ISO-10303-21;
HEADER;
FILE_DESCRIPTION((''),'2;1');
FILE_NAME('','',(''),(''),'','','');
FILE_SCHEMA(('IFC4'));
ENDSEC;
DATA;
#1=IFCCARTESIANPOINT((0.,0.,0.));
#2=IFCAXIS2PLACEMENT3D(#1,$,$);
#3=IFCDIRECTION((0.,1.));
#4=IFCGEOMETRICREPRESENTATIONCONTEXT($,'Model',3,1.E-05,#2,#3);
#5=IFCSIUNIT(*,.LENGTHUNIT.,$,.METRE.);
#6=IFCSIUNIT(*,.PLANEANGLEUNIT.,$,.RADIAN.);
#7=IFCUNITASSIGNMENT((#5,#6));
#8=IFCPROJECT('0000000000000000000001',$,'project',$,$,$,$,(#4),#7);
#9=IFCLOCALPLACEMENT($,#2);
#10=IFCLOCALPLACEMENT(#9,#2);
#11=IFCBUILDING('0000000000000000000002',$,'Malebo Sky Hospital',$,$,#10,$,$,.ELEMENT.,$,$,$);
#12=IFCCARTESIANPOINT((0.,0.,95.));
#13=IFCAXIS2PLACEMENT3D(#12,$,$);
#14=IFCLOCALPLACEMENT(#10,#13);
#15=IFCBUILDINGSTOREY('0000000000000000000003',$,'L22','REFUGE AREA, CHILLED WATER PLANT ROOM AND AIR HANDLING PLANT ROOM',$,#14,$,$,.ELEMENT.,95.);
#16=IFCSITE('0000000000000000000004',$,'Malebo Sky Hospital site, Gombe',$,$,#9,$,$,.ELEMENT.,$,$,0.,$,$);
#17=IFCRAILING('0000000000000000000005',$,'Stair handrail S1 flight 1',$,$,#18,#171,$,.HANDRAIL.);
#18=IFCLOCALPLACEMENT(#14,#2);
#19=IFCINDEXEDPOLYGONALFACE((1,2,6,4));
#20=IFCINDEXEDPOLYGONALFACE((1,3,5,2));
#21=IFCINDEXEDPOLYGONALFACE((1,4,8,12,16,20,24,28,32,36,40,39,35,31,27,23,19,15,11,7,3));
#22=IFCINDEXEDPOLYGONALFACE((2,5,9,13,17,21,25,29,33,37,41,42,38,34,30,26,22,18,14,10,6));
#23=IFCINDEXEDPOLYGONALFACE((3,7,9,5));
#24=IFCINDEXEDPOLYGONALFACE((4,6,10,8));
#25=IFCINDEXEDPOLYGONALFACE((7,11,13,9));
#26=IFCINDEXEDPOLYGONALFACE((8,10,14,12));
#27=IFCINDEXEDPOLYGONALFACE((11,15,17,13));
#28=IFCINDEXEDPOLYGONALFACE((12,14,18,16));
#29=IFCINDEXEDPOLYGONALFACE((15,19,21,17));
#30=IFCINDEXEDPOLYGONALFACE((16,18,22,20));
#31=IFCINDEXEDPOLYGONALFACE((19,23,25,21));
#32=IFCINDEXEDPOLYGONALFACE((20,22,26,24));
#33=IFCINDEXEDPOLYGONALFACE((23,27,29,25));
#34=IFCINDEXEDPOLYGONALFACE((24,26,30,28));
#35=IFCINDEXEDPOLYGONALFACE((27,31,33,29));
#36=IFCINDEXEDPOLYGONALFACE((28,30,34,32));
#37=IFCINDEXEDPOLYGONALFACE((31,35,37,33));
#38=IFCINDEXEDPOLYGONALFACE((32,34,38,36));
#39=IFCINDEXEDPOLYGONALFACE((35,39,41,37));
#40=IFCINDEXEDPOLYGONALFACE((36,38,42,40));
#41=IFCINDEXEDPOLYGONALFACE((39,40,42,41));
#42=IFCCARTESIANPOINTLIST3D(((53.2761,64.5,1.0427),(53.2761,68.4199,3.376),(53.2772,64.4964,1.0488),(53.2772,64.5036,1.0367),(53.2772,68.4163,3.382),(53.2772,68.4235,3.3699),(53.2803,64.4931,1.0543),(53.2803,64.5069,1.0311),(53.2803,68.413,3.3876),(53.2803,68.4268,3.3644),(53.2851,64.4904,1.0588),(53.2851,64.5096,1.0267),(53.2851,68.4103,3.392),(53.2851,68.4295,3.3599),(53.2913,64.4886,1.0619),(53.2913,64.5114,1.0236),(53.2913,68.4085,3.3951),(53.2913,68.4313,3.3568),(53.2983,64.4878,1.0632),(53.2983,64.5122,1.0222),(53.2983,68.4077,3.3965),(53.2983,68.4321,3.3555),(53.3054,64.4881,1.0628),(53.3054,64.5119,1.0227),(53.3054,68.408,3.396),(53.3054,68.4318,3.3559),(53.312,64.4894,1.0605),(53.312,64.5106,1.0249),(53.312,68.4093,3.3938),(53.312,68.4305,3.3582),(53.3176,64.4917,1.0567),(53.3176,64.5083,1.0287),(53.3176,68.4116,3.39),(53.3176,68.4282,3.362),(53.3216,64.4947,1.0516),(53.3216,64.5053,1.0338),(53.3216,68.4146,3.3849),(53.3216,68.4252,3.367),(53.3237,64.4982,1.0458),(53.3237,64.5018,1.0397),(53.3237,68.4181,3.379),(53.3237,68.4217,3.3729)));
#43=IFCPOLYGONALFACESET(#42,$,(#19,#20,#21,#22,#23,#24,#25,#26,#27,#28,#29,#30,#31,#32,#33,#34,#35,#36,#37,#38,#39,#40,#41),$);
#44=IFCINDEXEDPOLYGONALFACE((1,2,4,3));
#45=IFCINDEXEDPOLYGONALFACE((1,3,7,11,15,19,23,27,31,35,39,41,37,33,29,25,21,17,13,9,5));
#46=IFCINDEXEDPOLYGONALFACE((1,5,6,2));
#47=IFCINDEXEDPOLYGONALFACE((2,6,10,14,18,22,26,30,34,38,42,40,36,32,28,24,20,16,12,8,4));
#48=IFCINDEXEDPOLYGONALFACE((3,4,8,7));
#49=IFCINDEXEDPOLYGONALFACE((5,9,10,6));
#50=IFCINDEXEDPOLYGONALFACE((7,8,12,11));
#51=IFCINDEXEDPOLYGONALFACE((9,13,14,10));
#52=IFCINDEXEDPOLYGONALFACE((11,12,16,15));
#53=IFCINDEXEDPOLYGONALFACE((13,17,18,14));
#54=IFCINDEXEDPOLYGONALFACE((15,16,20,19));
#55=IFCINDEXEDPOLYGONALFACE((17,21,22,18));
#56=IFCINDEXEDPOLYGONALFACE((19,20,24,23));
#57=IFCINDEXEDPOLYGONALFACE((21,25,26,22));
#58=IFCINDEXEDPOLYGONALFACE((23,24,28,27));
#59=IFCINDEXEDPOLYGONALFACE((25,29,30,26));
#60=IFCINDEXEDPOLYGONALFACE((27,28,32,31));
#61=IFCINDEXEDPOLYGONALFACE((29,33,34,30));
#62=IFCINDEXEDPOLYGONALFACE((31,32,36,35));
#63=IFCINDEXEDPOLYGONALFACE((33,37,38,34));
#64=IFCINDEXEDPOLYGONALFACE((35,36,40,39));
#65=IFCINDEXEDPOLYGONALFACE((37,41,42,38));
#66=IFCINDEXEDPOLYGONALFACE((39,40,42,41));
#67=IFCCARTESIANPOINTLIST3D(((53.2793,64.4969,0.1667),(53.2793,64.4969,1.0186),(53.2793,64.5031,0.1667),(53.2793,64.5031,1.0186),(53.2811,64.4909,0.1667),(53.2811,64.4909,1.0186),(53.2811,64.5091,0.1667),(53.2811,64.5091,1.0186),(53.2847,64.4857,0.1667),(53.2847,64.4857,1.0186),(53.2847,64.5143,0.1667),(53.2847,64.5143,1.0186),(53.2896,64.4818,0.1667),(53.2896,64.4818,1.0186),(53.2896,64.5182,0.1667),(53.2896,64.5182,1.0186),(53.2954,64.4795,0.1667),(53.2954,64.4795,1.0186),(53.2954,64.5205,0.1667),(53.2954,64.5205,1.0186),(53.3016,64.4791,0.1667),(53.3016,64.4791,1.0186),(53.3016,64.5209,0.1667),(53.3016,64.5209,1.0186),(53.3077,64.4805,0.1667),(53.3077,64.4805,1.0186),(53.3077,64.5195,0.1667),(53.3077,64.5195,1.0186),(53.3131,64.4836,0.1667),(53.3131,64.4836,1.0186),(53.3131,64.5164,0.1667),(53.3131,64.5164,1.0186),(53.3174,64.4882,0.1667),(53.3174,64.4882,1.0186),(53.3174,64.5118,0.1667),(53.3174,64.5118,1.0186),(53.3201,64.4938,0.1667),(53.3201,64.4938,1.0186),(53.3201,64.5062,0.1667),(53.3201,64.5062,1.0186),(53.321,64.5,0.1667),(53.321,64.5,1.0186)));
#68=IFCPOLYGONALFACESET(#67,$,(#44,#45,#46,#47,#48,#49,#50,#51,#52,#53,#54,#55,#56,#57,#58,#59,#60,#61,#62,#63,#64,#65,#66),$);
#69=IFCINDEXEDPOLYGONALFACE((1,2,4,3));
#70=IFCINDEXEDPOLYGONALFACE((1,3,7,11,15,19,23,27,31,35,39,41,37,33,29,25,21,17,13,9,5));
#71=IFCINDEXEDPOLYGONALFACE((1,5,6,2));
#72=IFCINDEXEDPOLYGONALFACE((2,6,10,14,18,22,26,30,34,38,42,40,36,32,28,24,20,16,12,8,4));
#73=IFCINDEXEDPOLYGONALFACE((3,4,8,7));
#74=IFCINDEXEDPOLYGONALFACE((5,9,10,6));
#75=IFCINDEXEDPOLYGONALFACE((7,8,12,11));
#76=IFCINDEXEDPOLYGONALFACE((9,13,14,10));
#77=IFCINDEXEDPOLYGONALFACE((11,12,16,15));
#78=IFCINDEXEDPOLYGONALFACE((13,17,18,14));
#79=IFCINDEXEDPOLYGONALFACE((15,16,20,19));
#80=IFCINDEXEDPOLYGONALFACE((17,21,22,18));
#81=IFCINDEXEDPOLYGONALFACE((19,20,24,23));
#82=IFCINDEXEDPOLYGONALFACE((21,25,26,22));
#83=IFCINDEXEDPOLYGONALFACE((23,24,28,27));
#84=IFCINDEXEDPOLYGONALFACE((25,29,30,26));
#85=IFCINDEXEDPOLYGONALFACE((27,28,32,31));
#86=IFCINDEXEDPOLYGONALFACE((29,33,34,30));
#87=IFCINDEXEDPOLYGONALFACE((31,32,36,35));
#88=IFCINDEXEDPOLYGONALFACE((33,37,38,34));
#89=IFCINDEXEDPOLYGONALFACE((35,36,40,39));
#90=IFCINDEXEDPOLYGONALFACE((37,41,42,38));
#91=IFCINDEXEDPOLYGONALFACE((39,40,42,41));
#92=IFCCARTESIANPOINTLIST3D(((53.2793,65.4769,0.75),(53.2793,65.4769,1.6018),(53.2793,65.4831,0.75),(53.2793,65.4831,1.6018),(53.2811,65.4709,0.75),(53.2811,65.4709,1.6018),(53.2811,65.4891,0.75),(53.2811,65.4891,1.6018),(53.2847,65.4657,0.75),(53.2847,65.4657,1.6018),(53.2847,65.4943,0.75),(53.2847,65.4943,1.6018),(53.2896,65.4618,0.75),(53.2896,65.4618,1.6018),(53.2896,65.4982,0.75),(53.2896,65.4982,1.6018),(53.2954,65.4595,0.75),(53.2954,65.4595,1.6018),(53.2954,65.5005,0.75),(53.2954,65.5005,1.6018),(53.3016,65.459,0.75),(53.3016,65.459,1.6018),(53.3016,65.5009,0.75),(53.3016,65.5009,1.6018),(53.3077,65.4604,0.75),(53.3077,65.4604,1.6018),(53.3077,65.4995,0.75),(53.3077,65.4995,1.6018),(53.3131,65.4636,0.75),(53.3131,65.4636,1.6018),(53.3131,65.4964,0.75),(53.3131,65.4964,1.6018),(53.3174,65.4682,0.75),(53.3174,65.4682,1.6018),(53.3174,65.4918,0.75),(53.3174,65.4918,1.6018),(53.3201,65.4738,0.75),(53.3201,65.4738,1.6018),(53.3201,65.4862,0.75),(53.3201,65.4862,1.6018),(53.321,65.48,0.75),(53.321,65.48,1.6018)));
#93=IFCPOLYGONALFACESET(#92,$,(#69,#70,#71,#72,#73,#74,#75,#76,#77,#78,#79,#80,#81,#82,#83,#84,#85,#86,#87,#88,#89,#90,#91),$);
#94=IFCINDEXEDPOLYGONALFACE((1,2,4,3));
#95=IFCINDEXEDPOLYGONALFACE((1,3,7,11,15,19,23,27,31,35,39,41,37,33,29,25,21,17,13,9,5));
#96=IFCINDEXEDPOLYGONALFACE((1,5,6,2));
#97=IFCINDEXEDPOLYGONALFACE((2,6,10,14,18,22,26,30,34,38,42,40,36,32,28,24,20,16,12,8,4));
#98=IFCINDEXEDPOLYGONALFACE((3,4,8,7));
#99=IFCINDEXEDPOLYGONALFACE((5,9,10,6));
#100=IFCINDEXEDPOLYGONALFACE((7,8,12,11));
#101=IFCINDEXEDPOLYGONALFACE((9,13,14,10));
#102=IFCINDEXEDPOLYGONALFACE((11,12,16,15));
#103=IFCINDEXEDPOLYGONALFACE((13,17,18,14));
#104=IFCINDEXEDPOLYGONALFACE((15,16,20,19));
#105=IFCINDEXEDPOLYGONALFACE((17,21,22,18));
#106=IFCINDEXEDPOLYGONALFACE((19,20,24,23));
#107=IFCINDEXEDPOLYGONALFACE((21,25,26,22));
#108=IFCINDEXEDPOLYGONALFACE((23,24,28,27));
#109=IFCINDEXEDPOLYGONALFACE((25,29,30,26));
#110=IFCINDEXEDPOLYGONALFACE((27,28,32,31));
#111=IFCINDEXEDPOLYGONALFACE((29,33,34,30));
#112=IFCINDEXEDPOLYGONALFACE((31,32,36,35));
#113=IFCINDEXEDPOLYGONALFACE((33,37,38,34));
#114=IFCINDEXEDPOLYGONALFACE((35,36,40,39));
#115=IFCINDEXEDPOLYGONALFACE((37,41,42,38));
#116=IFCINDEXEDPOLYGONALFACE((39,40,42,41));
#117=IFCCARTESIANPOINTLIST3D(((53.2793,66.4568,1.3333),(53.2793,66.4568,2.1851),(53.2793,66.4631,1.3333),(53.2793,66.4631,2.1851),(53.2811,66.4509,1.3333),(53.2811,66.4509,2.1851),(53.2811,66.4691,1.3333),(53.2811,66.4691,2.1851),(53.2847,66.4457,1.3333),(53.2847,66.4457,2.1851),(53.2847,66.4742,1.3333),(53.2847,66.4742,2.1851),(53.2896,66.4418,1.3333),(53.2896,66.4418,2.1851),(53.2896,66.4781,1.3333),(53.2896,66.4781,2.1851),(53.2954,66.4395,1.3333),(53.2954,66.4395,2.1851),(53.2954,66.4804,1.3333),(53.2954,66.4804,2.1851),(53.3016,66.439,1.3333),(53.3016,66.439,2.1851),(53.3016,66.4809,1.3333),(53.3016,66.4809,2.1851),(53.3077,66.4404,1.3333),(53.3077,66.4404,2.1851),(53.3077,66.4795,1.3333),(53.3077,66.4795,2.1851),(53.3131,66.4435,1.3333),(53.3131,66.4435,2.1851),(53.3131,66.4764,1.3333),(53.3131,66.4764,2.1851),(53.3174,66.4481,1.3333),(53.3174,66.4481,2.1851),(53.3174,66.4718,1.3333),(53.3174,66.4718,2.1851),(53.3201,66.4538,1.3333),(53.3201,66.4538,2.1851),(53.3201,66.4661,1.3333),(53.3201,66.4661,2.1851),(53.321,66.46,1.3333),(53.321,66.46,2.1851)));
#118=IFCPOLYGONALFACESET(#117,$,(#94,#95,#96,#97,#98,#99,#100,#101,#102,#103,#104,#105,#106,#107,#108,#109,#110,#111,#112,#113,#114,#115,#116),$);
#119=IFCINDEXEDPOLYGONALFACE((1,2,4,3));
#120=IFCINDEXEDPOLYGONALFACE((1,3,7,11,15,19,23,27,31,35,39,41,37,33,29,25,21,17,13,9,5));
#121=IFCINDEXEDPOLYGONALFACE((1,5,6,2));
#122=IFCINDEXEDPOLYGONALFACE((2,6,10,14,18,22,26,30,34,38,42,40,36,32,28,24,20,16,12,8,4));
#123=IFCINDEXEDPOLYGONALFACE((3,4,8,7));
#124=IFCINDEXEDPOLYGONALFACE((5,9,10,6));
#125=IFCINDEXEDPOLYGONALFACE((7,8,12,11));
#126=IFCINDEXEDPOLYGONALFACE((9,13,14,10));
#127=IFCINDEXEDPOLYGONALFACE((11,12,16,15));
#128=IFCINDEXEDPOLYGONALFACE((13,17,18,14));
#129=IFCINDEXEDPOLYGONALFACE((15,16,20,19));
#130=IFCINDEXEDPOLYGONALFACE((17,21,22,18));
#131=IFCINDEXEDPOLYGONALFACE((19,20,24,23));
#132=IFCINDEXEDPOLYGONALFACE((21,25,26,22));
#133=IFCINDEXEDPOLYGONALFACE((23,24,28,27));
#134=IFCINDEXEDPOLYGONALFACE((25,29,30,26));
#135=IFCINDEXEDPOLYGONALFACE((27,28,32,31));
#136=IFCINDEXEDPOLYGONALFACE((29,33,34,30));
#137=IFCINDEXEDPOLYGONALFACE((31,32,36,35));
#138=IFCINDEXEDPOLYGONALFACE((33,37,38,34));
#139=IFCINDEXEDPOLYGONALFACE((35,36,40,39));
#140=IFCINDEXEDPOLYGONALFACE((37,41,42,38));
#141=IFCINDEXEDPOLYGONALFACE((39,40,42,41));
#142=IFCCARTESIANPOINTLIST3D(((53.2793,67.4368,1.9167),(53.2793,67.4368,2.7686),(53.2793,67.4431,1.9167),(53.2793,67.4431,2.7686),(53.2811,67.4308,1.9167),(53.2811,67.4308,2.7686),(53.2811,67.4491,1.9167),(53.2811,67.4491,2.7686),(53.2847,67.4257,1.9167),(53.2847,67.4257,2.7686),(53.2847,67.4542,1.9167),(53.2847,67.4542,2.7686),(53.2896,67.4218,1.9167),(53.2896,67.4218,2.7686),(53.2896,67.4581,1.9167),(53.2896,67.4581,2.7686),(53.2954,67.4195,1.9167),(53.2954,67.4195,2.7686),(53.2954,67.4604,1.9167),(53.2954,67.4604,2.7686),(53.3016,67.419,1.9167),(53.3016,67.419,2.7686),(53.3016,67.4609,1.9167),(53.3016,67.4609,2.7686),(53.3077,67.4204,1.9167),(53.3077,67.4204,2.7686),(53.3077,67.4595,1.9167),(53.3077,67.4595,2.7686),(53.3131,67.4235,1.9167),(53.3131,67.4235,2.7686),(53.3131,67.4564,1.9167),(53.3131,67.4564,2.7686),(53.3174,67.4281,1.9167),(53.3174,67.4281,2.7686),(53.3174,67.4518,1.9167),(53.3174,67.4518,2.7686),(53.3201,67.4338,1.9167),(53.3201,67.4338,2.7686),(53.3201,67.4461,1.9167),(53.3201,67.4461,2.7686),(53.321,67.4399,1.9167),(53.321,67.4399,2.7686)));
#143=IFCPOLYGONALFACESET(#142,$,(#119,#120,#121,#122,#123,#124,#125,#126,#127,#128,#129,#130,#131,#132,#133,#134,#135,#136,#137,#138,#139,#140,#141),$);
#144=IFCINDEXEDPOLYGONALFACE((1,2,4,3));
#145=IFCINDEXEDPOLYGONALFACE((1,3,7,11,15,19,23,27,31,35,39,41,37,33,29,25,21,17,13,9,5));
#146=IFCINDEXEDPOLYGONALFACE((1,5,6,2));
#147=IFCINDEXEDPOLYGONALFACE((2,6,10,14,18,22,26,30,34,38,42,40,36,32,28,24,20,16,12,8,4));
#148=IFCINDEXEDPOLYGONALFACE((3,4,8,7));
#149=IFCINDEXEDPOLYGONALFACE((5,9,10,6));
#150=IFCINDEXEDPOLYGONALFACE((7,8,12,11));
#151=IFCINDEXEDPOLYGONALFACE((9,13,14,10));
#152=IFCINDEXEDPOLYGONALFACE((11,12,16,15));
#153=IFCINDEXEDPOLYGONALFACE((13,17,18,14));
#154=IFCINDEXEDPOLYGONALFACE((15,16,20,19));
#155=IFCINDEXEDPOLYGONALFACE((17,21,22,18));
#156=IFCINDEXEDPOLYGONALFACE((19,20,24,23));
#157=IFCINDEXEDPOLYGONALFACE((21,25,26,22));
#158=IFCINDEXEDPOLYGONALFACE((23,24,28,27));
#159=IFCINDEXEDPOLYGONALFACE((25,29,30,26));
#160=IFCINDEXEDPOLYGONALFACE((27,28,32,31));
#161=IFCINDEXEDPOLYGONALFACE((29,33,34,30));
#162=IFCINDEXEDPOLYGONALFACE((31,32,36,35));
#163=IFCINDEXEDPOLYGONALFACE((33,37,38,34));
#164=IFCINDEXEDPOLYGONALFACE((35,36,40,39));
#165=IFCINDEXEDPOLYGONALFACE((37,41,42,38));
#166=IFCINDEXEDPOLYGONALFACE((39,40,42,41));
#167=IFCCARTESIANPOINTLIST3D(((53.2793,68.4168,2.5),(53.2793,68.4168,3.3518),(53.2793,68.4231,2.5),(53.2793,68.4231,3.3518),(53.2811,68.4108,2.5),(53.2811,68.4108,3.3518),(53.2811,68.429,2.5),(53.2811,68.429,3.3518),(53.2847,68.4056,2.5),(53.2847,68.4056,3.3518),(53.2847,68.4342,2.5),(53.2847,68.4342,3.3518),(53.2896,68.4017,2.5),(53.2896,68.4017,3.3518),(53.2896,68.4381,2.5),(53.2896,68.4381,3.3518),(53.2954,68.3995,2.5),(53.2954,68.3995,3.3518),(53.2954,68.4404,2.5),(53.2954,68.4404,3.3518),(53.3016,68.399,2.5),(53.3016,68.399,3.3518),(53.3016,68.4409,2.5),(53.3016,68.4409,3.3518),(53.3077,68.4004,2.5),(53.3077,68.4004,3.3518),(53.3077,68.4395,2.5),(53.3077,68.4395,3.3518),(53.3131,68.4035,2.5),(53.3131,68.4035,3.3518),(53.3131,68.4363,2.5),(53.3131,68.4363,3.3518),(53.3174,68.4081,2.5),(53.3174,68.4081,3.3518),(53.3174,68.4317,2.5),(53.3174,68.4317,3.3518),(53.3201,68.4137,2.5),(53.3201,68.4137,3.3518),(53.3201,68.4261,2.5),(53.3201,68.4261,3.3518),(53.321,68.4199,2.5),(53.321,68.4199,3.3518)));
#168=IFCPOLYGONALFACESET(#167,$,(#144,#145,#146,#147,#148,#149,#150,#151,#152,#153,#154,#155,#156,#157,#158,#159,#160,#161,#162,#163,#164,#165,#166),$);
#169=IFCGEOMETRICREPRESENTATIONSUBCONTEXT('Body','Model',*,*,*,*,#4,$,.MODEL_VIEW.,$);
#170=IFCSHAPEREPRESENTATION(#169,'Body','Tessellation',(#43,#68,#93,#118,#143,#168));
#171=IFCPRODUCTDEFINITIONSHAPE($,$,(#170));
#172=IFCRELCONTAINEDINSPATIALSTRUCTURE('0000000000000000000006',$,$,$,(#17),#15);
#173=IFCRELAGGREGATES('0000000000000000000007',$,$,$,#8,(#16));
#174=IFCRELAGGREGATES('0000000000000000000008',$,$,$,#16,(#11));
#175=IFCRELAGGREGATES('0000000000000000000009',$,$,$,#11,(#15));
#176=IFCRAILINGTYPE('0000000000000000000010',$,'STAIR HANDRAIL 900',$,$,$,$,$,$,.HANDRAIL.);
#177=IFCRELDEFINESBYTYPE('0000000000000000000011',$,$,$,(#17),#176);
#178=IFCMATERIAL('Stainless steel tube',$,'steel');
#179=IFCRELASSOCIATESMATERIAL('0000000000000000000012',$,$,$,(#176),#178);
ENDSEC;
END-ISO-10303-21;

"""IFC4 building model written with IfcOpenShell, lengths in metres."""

from ifc_helpers import new_model, si_unit, direction, frame, origin, origin_2d, place, context, subcontext, project, spatial, circle, extrude, material, type_object, element, save


model = new_model("IFC4")

# Units and contexts
model_context = context("Model", 3, precision=1e-05, world=origin(), true_north=direction((0.0, 1.0)))
body_context = subcontext(model_context, "Body", "Model", "MODEL_VIEW")
ifc_project = project(units=[si_unit("LENGTHUNIT", "METRE"), si_unit("PLANEANGLEUNIT", "RADIAN")], contexts=[model_context])

# Site, building, storey
site_placement = place(None, origin())
site = spatial("IfcSite", under=ifc_project, at=site_placement, Name="Malebo Sky Hospital site, Gombe", CompositionType="ELEMENT", RefElevation=0.0)
building_placement = place(site_placement, origin())
building = spatial("IfcBuilding", under=site, at=building_placement, Name="Malebo Sky Hospital", CompositionType="ELEMENT")
storey_placement = place(building_placement, frame((0.0, 0.0, 95.0)))
storey = spatial("IfcBuildingStorey", under=building, at=storey_placement, Name="L22", Description="REFUGE AREA, CHILLED WATER PLANT ROOM AND AIR HANDLING PLANT ROOM", CompositionType="ELEMENT", Elevation=95.0)

# Railing
ifc_material_1 = material(Name="Stainless steel tube", Category="steel")
railing_type = type_object("IfcRailingType", Name="STAIR HANDRAIL 900", PredefinedType="HANDRAIL", material=ifc_material_1)
railing_1_placement = place(storey_placement, frame((53.3, 64.5, 0.1667)))
element("IfcRailing", 1, at=railing_1_placement, inside=storey, type_object=railing_type, Name="Stair handrail S1 flight 1", PredefinedType="HANDRAIL", context=body_context, shape_type="SweptSolid", body=[
    extrude(circle(Radius=0.0239, at=origin_2d()), frame((0.0, 0.0, 0.876), z_axis=(0.0, 0.859296, 0.511478), x_axis=(-1.0, 0.0, 0.0)), (0.0, 0.0, 1.0), 4.5618),
    extrude(circle(Radius=0.021, at=origin_2d()), origin(), (0.0, 0.0, 1.0), 0.8518),
    extrude(circle(Radius=0.021, at=origin_2d()), frame((0.0, 0.98, 0.5833)), (0.0, 0.0, 1.0), 0.8518),
    extrude(circle(Radius=0.021, at=origin_2d()), frame((0.0, 1.96, 1.1665)), (0.0, 0.0, 1.0), 0.8518),
    extrude(circle(Radius=0.021, at=origin_2d()), frame((0.0, 2.9399, 1.75)), (0.0, 0.0, 1.0), 0.8518),
    extrude(circle(Radius=0.021, at=origin_2d()), frame((0.0, 3.9199, 2.3333)), (0.0, 0.0, 1.0), 0.8518),
])

save(model, "model.ifc")
